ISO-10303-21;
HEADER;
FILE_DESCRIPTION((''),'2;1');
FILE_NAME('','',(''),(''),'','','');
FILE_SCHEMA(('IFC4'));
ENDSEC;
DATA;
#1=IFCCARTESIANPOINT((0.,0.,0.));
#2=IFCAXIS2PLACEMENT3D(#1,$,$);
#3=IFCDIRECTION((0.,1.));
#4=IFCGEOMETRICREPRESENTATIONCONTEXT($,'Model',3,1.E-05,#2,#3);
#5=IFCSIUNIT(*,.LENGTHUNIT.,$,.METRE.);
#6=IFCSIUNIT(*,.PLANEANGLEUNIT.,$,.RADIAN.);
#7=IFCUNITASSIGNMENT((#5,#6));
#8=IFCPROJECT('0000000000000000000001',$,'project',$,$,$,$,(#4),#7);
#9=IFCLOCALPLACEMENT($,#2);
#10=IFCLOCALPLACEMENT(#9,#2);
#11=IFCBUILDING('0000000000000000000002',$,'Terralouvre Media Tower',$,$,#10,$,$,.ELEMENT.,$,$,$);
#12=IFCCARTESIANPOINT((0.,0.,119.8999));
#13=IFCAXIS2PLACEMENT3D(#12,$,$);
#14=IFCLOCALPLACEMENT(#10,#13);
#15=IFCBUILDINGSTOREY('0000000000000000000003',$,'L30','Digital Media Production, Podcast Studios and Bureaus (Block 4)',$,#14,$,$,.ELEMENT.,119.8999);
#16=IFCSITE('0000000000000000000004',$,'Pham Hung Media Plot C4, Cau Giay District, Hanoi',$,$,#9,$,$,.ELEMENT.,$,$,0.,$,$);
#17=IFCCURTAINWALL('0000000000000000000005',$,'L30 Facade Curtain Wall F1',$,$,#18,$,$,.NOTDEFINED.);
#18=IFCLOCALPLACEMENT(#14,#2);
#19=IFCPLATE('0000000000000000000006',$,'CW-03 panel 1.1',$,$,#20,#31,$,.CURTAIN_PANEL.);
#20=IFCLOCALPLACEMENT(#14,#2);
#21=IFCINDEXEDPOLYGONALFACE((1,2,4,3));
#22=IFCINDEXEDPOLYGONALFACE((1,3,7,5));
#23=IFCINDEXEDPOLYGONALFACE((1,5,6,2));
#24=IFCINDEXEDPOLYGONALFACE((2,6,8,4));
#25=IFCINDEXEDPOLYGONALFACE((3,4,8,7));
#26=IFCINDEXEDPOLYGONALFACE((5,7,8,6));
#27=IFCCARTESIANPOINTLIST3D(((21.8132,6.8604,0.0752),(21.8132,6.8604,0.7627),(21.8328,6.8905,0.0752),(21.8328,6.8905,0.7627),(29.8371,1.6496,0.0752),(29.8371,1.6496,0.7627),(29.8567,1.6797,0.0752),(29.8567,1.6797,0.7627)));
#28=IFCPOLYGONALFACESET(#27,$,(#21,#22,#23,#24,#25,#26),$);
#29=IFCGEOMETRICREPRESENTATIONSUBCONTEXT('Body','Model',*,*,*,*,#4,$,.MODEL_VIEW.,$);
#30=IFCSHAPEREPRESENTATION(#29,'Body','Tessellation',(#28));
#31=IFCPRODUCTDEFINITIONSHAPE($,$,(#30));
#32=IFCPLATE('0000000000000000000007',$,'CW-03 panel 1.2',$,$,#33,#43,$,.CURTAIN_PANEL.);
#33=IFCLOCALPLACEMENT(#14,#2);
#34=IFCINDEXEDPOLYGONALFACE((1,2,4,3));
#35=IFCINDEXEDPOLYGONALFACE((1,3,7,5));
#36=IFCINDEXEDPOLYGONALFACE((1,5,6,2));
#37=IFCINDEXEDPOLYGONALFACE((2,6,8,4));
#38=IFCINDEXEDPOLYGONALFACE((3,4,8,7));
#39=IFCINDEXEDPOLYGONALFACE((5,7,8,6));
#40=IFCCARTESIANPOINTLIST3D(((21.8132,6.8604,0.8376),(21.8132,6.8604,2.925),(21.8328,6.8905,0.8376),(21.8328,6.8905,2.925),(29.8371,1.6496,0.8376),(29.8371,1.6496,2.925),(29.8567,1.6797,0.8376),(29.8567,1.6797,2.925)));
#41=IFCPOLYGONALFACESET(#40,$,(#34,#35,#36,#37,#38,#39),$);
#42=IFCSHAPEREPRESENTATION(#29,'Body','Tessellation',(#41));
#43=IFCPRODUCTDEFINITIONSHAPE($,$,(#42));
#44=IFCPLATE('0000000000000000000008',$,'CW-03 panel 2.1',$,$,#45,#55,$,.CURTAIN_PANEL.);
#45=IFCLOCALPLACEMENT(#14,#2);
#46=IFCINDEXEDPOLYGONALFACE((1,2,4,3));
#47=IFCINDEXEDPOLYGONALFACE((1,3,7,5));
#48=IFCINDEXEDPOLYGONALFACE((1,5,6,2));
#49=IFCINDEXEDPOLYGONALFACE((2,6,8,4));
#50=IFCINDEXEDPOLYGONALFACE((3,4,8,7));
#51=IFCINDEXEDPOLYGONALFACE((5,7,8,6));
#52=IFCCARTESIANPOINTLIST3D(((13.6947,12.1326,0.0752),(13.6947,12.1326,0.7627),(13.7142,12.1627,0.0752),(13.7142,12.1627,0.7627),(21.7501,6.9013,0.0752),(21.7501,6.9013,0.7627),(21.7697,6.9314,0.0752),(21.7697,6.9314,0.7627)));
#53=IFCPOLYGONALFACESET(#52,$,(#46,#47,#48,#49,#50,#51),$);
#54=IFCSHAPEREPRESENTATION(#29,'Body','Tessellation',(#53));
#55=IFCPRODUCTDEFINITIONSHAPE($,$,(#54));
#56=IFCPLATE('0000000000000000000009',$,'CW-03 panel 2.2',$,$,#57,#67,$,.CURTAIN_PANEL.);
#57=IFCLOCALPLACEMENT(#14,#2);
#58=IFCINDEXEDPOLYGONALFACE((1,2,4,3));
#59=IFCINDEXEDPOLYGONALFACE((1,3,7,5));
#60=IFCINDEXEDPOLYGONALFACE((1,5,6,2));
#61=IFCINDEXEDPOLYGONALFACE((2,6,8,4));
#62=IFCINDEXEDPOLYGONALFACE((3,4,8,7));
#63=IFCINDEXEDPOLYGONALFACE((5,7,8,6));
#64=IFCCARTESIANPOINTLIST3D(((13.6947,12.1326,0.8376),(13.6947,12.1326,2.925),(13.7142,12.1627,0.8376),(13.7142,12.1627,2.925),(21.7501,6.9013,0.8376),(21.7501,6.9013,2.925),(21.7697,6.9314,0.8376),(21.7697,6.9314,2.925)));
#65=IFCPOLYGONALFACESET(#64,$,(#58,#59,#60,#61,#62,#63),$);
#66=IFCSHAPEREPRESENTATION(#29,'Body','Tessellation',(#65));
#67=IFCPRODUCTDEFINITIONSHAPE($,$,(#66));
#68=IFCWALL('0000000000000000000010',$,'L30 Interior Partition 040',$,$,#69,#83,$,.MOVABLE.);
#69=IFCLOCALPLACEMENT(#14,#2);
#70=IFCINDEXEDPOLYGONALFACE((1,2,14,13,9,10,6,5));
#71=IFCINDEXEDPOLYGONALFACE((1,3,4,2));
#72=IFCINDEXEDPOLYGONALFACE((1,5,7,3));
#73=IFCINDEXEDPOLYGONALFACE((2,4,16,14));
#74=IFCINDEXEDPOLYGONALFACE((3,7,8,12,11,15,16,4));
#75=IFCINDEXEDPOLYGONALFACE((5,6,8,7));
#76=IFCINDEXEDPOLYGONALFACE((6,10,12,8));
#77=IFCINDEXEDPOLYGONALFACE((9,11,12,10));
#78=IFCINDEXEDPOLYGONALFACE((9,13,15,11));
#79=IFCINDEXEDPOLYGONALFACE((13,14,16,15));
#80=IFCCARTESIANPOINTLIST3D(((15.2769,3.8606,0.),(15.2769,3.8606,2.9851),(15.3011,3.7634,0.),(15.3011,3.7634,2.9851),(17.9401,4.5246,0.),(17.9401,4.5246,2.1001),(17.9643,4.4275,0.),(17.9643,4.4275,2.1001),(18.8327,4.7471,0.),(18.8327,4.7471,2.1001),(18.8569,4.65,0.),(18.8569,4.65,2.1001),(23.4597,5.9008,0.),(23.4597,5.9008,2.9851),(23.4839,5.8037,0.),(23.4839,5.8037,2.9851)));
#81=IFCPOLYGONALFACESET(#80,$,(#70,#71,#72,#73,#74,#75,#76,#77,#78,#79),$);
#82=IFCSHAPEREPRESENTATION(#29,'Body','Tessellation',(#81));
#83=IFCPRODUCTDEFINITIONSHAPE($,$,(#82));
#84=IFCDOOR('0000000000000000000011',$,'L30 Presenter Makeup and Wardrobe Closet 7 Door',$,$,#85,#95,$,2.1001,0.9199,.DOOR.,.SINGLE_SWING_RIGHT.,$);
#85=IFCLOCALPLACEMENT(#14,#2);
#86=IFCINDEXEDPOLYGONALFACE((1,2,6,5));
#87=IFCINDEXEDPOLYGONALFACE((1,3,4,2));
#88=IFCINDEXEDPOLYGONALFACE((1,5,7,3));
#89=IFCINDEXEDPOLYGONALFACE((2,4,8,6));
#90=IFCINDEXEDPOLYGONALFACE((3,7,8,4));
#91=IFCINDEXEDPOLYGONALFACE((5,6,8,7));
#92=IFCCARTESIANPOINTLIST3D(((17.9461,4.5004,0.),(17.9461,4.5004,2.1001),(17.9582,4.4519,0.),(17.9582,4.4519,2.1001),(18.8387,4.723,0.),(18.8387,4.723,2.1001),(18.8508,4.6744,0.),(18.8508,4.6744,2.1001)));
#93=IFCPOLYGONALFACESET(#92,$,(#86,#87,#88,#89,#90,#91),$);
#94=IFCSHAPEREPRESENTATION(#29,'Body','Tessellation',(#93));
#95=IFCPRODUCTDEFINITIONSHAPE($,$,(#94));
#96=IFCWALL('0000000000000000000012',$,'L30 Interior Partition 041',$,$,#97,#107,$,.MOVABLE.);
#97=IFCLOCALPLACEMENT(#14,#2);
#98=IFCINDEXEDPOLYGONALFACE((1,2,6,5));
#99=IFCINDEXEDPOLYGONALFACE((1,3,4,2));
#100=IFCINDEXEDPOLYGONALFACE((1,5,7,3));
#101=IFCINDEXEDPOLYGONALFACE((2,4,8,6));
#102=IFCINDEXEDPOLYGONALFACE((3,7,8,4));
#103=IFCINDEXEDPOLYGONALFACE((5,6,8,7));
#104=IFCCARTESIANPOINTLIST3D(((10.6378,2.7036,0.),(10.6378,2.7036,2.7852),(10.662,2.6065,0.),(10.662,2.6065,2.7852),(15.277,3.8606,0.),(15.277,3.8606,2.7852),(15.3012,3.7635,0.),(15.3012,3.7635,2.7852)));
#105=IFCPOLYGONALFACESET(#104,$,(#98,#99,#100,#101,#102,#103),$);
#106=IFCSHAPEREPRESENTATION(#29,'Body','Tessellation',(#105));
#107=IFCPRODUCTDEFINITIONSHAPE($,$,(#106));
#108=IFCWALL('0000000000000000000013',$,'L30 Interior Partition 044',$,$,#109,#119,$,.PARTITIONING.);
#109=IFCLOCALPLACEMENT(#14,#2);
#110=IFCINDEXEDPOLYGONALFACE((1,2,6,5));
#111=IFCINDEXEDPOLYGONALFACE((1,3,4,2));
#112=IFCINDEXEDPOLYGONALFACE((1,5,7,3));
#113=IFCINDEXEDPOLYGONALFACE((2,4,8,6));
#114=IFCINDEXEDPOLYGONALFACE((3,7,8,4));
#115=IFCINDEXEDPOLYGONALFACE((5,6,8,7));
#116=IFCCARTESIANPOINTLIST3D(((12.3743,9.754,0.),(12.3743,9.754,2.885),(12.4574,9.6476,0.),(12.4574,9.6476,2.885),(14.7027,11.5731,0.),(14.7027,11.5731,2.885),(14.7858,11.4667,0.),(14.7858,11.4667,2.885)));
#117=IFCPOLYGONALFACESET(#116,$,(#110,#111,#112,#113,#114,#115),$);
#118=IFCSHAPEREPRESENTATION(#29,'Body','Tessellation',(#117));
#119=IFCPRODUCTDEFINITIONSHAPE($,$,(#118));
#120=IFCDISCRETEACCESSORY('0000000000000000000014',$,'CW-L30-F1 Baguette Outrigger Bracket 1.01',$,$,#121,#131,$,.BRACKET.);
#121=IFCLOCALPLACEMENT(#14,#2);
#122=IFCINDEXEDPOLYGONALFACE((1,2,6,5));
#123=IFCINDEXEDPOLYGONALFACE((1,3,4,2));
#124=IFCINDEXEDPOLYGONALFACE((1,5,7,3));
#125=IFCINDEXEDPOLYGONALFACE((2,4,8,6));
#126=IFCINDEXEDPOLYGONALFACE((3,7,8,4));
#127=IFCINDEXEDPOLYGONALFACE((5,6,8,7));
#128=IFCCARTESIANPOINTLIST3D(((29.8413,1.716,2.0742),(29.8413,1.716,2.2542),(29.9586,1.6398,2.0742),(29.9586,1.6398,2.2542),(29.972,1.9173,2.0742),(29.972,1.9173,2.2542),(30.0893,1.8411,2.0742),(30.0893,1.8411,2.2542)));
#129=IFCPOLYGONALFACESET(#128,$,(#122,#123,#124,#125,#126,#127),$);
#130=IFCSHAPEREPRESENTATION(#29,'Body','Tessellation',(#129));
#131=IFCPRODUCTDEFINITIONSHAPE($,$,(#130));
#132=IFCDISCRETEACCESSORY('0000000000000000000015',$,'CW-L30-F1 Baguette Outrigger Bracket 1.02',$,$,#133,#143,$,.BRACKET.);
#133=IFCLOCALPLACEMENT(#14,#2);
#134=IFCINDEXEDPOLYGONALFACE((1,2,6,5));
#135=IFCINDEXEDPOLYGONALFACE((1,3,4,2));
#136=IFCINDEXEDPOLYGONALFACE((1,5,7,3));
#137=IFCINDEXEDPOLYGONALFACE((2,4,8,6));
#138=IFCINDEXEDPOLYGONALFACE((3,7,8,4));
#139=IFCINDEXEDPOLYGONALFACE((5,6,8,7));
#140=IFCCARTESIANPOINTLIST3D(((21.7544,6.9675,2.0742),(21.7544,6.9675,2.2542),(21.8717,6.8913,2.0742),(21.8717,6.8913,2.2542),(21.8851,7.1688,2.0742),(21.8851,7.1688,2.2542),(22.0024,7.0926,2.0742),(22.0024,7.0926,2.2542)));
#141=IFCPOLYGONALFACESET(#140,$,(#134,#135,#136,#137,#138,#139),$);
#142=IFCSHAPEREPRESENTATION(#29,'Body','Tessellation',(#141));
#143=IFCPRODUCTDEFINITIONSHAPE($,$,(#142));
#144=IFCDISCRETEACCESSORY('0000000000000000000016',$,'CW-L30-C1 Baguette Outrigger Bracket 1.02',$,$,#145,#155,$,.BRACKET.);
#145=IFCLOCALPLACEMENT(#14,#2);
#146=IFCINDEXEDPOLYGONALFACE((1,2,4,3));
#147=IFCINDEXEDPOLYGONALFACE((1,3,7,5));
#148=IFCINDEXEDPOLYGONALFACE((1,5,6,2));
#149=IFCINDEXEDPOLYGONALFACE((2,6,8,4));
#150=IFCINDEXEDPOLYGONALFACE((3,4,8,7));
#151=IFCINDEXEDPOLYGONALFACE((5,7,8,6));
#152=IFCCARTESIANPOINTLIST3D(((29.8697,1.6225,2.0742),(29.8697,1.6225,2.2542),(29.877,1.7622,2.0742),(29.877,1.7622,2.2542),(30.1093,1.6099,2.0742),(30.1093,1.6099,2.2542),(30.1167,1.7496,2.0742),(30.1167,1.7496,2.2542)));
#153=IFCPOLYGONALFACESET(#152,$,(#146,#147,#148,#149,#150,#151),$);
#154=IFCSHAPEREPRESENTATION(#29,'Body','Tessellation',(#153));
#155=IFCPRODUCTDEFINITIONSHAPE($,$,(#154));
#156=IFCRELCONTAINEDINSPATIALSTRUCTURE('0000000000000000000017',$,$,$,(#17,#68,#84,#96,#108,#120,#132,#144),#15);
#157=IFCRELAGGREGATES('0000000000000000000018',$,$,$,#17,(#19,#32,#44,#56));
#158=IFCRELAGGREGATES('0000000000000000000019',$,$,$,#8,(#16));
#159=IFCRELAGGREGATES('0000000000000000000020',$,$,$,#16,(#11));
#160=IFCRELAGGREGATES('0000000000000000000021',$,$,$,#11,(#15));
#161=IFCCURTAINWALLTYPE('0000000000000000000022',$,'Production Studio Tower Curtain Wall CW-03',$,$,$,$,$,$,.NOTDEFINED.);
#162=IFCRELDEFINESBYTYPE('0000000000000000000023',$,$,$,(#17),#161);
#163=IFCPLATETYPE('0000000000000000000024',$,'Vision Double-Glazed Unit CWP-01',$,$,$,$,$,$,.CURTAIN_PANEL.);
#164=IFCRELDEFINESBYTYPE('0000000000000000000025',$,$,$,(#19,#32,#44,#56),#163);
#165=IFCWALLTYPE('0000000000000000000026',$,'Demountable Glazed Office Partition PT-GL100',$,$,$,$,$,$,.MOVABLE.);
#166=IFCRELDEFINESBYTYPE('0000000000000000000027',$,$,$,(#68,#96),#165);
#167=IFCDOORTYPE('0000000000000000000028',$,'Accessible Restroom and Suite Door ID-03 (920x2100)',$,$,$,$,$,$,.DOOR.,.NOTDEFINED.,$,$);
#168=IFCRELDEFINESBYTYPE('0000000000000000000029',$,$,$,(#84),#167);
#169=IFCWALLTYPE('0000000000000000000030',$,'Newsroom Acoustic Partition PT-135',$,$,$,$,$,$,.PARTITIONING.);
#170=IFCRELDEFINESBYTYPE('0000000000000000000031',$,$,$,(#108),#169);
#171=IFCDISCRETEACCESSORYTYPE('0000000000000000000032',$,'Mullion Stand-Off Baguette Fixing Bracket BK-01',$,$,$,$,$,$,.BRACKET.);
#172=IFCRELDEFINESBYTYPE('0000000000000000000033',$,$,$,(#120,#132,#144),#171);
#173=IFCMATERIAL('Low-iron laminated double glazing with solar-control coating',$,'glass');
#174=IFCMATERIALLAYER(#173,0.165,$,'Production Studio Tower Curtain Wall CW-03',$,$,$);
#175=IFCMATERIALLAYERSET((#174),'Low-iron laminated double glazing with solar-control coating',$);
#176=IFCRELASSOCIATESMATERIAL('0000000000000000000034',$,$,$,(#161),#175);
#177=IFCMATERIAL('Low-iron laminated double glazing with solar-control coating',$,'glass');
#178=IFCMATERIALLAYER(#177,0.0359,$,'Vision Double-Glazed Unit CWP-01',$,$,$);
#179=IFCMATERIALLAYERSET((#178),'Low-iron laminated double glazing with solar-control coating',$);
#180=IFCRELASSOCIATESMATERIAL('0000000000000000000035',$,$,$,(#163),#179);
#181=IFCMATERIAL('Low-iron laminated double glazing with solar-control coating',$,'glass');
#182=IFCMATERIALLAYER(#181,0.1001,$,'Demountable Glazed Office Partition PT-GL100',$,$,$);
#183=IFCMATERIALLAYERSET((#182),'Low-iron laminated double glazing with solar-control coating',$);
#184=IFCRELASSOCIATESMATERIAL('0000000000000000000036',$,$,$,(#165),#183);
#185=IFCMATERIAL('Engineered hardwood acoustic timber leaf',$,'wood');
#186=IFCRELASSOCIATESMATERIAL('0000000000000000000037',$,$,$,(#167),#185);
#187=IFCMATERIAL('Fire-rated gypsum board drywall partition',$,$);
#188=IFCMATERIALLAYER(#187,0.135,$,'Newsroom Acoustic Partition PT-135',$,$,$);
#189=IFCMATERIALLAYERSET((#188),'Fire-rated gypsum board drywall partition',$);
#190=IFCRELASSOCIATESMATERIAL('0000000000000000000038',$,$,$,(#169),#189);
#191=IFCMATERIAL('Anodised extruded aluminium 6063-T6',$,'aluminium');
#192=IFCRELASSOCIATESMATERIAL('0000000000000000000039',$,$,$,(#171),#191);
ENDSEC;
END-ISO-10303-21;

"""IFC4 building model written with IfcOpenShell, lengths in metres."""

from ifc_helpers import new_model, si_unit, direction, frame, frame_2d, origin, origin_2d, place, context, subcontext, project, spatial, rectangle, extrude, material, layer, layer_set, type_object, element, fill, aggregate, save


model = new_model("IFC4")

# Units and contexts
model_context = context("Model", 3, precision=1e-05, world=origin(), true_north=direction((0.0, 1.0)))
body_context = subcontext(model_context, "Body", "Model", "MODEL_VIEW")
ifc_project = project(units=[si_unit("LENGTHUNIT", "METRE"), si_unit("PLANEANGLEUNIT", "RADIAN")], contexts=[model_context])

# Site, building, storey
site_placement = place(None, origin())
site = spatial("IfcSite", under=ifc_project, at=site_placement, Name="Pham Hung Media Plot C4, Cau Giay District, Hanoi", CompositionType="ELEMENT", RefElevation=0.0)
building_placement = place(site_placement, origin())
building = spatial("IfcBuilding", under=site, at=building_placement, Name="Terralouvre Media Tower", CompositionType="ELEMENT")
storey_placement = place(building_placement, frame((0.0, 0.0, 119.8999)))
storey = spatial("IfcBuildingStorey", under=building, at=storey_placement, Name="L30", Description="Digital Media Production, Podcast Studios and Bureaus (Block 4)", CompositionType="ELEMENT", Elevation=119.8999)

# Curtain wall
ifc_material_1 = material(Name="Low-iron laminated double glazing with solar-control coating", Category="glass")
ifc_layer_1 = layer(ifc_material_1, 0.165, Name="Production Studio Tower Curtain Wall CW-03")
ifc_layer_set_1 = layer_set([ifc_layer_1], Name="Low-iron laminated double glazing with solar-control coating")
curtain_wall_type_1 = type_object("IfcCurtainWallType", Name="Production Studio Tower Curtain Wall CW-03", PredefinedType="NOTDEFINED", material=ifc_layer_set_1)
curtain_wall_1_placement = place(storey_placement, origin())
curtain_wall_1 = element("IfcCurtainWall", 1, at=curtain_wall_1_placement, inside=storey, type_object=curtain_wall_type_1, Name="L30 Facade Curtain Wall F1", PredefinedType="NOTDEFINED")

# Plates
ifc_material_2 = material(Name="Low-iron laminated double glazing with solar-control coating", Category="glass")
ifc_layer_2 = layer(ifc_material_2, 0.0359, Name="Vision Double-Glazed Unit CWP-01")
ifc_layer_set_2 = layer_set([ifc_layer_2], Name="Low-iron laminated double glazing with solar-control coating")
plate_type = type_object("IfcPlateType", Name="Vision Double-Glazed Unit CWP-01", PredefinedType="CURTAIN_PANEL", material=ifc_layer_set_2)
plate_1_placement = place(storey_placement, frame((25.835, 4.27, 0.0752), z_axis=(0.0, 0.0, 1.0), x_axis=(-0.838671, 0.544639, 0.0)))
plate_1 = element("IfcPlate", 2, at=plate_1_placement, type_object=plate_type, Name="CW-03 panel 1.1", PredefinedType="CURTAIN_PANEL", context=body_context, shape_type="SweptSolid", body=[
    extrude(rectangle(XDim=9.5674, YDim=0.0359, at=origin_2d()), origin(), (0.0, 0.0, 1.0), 0.6875),
])
plate_2_placement = place(storey_placement, frame((25.835, 4.27, 0.8376), z_axis=(0.0, 0.0, 1.0), x_axis=(-0.838671, 0.544639, 0.0)))
plate_2 = element("IfcPlate", 3, at=plate_2_placement, type_object=plate_type, Name="CW-03 panel 1.2", PredefinedType="CURTAIN_PANEL", context=body_context, shape_type="SweptSolid", body=[
    extrude(rectangle(XDim=9.5674, YDim=0.0359, at=origin_2d()), origin(), (0.0, 0.0, 1.0), 2.0874),
])
plate_3_placement = place(storey_placement, frame((17.7322, 9.532, 0.0752), z_axis=(0.0, 0.0, 1.0), x_axis=(-0.838671, 0.544639, 0.0)))
plate_3 = element("IfcPlate", 4, at=plate_3_placement, type_object=plate_type, Name="CW-03 panel 2.1", PredefinedType="CURTAIN_PANEL", context=body_context, shape_type="SweptSolid", body=[
    extrude(rectangle(XDim=9.605, YDim=0.0359, at=origin_2d()), origin(), (0.0, 0.0, 1.0), 0.6875),
])
plate_4_placement = place(storey_placement, frame((17.7322, 9.532, 0.8376), z_axis=(0.0, 0.0, 1.0), x_axis=(-0.838671, 0.544639, 0.0)))
plate_4 = element("IfcPlate", 5, at=plate_4_placement, type_object=plate_type, Name="CW-03 panel 2.2", PredefinedType="CURTAIN_PANEL", context=body_context, shape_type="SweptSolid", body=[
    extrude(rectangle(XDim=9.605, YDim=0.0359, at=origin_2d()), origin(), (0.0, 0.0, 1.0), 2.0874),
])
aggregate(curtain_wall_1, [plate_1, plate_2, plate_3, plate_4])

# Wall, opening, door
ifc_material_3 = material(Name="Low-iron laminated double glazing with solar-control coating", Category="glass")
ifc_layer_3 = layer(ifc_material_3, 0.1001, Name="Demountable Glazed Office Partition PT-GL100")
ifc_layer_set_3 = layer_set([ifc_layer_3], Name="Low-iron laminated double glazing with solar-control coating")
wall_type_1 = type_object("IfcWallType", Name="Demountable Glazed Office Partition PT-GL100", PredefinedType="MOVABLE", material=ifc_layer_set_3)
wall_1_placement = place(storey_placement, frame((23.4719, 5.8523, 0.0), z_axis=(0.0, 0.0, 1.0), x_axis=(-0.970294, -0.241929, 0.0)))
wall_1 = element("IfcWall", 6, at=wall_1_placement, inside=storey, type_object=wall_type_1, Name="L30 Interior Partition 040", PredefinedType="MOVABLE", context=body_context, shape_type="SweptSolid", body=[
    extrude(rectangle(XDim=8.4333, YDim=0.1001, at=frame_2d((4.2168, 0.0))), origin(), (0.0, 0.0, 1.0), 2.9851),
])
opening_placement = place(wall_1_placement, frame((4.7688, 0.0, 0.0)))
opening = element("IfcOpeningElement", 7, at=opening_placement, cuts=wall_1, PredefinedType="OPENING", context=body_context, shape_type="SweptSolid", body=[
    extrude(rectangle(XDim=0.9199, YDim=2.1001, at=frame_2d((0.46, 1.05))), frame((0.0, 0.0601, 0.0), z_axis=(0.0, -1.0, 0.0), x_axis=(1.0, 0.0, 0.0)), (0.0, 0.0, 1.0), 0.1201),
])
ifc_material_4 = material(Name="Engineered hardwood acoustic timber leaf", Category="wood")
door_type = type_object("IfcDoorType", Name="Accessible Restroom and Suite Door ID-03 (920x2100)", OperationType="NOTDEFINED", PredefinedType="DOOR", material=ifc_material_4)
door_placement = place(opening_placement, origin())
door = element("IfcDoor", 8, at=door_placement, inside=storey, type_object=door_type, Name="L30 Presenter Makeup and Wardrobe Closet 7 Door", OperationType="SINGLE_SWING_RIGHT", OverallHeight=2.1001, OverallWidth=0.9199, PredefinedType="DOOR", context=body_context, shape_type="SweptSolid", body=[
    extrude(rectangle(XDim=0.9199, YDim=2.1001, at=frame_2d((0.46, 1.05))), frame((0.0, 0.0249, 0.0), z_axis=(0.0, -1.0, 0.0), x_axis=(1.0, 0.0, 0.0)), (0.0, 0.0, 1.0), 0.05),
])
fill(opening, door)

# Walls
wall_2_placement = place(storey_placement, frame((15.2891, 3.812, 0.0), z_axis=(0.0, 0.0, 1.0), x_axis=(-0.970281, -0.241983, 0.0)))
element("IfcWall", 9, at=wall_2_placement, inside=storey, type_object=wall_type_1, Name="L30 Interior Partition 041", PredefinedType="MOVABLE", context=body_context, shape_type="SweptSolid", body=[
    extrude(rectangle(XDim=4.7812, YDim=0.1001, at=frame_2d((2.3906, 0.0))), origin(), (0.0, 0.0, 1.0), 2.7852),
])
ifc_material_5 = material(Name="Fire-rated gypsum board drywall partition")
ifc_layer_4 = layer(ifc_material_5, 0.135, Name="Newsroom Acoustic Partition PT-135")
ifc_layer_set_4 = layer_set([ifc_layer_4], Name="Fire-rated gypsum board drywall partition")
wall_type_2 = type_object("IfcWallType", Name="Newsroom Acoustic Partition PT-135", PredefinedType="PARTITIONING", material=ifc_layer_set_4)
wall_3_placement = place(storey_placement, frame((14.7444, 11.52, 0.0), z_axis=(0.0, 0.0, 1.0), x_axis=(-0.788016, -0.615655, 0.0)))
element("IfcWall", 10, at=wall_3_placement, inside=storey, type_object=wall_type_2, Name="L30 Interior Partition 044", PredefinedType="PARTITIONING", context=body_context, shape_type="SweptSolid", body=[
    extrude(rectangle(XDim=2.9548, YDim=0.135, at=frame_2d((1.4775, 0.0))), origin(), (0.0, 0.0, 1.0), 2.885),
])

# Discrete accessories
ifc_material_6 = material(Name="Anodised extruded aluminium 6063-T6", Category="aluminium")
discrete_accessory_type = type_object("IfcDiscreteAccessoryType", Name="Mullion Stand-Off Baguette Fixing Bracket BK-01", PredefinedType="BRACKET", material=ifc_material_6)
for number, where, z_axis, x_axis, name in (
    (11, (29.9653, 1.7786, 2.0742), (0.0, 0.0, 1.0), (-0.838671, 0.544639, 0.0), "CW-L30-F1 Baguette Outrigger Bracket 1.01"),
    (12, (21.8784, 7.03, 2.0742), (0.0, 0.0, 1.0), (-0.838671, 0.544639, 0.0), "CW-L30-F1 Baguette Outrigger Bracket 1.02"),
    (13, (29.9932, 1.686, 2.0742), (0.0, 0.0, 1.0), (0.052337, 0.998629, 0.0), "CW-L30-C1 Baguette Outrigger Bracket 1.02"),
):
    element("IfcDiscreteAccessory", number, at=place(storey_placement, frame(where, z_axis=z_axis, x_axis=x_axis)), inside=storey, type_object=discrete_accessory_type, Name=name, PredefinedType="BRACKET", context=body_context, shape_type="SweptSolid", body=[
        extrude(rectangle(XDim=0.1399, YDim=0.24, at=origin_2d()), origin(), (0.0, 0.0, 1.0), 0.1799),
    ])

save(model, "model.ifc")
